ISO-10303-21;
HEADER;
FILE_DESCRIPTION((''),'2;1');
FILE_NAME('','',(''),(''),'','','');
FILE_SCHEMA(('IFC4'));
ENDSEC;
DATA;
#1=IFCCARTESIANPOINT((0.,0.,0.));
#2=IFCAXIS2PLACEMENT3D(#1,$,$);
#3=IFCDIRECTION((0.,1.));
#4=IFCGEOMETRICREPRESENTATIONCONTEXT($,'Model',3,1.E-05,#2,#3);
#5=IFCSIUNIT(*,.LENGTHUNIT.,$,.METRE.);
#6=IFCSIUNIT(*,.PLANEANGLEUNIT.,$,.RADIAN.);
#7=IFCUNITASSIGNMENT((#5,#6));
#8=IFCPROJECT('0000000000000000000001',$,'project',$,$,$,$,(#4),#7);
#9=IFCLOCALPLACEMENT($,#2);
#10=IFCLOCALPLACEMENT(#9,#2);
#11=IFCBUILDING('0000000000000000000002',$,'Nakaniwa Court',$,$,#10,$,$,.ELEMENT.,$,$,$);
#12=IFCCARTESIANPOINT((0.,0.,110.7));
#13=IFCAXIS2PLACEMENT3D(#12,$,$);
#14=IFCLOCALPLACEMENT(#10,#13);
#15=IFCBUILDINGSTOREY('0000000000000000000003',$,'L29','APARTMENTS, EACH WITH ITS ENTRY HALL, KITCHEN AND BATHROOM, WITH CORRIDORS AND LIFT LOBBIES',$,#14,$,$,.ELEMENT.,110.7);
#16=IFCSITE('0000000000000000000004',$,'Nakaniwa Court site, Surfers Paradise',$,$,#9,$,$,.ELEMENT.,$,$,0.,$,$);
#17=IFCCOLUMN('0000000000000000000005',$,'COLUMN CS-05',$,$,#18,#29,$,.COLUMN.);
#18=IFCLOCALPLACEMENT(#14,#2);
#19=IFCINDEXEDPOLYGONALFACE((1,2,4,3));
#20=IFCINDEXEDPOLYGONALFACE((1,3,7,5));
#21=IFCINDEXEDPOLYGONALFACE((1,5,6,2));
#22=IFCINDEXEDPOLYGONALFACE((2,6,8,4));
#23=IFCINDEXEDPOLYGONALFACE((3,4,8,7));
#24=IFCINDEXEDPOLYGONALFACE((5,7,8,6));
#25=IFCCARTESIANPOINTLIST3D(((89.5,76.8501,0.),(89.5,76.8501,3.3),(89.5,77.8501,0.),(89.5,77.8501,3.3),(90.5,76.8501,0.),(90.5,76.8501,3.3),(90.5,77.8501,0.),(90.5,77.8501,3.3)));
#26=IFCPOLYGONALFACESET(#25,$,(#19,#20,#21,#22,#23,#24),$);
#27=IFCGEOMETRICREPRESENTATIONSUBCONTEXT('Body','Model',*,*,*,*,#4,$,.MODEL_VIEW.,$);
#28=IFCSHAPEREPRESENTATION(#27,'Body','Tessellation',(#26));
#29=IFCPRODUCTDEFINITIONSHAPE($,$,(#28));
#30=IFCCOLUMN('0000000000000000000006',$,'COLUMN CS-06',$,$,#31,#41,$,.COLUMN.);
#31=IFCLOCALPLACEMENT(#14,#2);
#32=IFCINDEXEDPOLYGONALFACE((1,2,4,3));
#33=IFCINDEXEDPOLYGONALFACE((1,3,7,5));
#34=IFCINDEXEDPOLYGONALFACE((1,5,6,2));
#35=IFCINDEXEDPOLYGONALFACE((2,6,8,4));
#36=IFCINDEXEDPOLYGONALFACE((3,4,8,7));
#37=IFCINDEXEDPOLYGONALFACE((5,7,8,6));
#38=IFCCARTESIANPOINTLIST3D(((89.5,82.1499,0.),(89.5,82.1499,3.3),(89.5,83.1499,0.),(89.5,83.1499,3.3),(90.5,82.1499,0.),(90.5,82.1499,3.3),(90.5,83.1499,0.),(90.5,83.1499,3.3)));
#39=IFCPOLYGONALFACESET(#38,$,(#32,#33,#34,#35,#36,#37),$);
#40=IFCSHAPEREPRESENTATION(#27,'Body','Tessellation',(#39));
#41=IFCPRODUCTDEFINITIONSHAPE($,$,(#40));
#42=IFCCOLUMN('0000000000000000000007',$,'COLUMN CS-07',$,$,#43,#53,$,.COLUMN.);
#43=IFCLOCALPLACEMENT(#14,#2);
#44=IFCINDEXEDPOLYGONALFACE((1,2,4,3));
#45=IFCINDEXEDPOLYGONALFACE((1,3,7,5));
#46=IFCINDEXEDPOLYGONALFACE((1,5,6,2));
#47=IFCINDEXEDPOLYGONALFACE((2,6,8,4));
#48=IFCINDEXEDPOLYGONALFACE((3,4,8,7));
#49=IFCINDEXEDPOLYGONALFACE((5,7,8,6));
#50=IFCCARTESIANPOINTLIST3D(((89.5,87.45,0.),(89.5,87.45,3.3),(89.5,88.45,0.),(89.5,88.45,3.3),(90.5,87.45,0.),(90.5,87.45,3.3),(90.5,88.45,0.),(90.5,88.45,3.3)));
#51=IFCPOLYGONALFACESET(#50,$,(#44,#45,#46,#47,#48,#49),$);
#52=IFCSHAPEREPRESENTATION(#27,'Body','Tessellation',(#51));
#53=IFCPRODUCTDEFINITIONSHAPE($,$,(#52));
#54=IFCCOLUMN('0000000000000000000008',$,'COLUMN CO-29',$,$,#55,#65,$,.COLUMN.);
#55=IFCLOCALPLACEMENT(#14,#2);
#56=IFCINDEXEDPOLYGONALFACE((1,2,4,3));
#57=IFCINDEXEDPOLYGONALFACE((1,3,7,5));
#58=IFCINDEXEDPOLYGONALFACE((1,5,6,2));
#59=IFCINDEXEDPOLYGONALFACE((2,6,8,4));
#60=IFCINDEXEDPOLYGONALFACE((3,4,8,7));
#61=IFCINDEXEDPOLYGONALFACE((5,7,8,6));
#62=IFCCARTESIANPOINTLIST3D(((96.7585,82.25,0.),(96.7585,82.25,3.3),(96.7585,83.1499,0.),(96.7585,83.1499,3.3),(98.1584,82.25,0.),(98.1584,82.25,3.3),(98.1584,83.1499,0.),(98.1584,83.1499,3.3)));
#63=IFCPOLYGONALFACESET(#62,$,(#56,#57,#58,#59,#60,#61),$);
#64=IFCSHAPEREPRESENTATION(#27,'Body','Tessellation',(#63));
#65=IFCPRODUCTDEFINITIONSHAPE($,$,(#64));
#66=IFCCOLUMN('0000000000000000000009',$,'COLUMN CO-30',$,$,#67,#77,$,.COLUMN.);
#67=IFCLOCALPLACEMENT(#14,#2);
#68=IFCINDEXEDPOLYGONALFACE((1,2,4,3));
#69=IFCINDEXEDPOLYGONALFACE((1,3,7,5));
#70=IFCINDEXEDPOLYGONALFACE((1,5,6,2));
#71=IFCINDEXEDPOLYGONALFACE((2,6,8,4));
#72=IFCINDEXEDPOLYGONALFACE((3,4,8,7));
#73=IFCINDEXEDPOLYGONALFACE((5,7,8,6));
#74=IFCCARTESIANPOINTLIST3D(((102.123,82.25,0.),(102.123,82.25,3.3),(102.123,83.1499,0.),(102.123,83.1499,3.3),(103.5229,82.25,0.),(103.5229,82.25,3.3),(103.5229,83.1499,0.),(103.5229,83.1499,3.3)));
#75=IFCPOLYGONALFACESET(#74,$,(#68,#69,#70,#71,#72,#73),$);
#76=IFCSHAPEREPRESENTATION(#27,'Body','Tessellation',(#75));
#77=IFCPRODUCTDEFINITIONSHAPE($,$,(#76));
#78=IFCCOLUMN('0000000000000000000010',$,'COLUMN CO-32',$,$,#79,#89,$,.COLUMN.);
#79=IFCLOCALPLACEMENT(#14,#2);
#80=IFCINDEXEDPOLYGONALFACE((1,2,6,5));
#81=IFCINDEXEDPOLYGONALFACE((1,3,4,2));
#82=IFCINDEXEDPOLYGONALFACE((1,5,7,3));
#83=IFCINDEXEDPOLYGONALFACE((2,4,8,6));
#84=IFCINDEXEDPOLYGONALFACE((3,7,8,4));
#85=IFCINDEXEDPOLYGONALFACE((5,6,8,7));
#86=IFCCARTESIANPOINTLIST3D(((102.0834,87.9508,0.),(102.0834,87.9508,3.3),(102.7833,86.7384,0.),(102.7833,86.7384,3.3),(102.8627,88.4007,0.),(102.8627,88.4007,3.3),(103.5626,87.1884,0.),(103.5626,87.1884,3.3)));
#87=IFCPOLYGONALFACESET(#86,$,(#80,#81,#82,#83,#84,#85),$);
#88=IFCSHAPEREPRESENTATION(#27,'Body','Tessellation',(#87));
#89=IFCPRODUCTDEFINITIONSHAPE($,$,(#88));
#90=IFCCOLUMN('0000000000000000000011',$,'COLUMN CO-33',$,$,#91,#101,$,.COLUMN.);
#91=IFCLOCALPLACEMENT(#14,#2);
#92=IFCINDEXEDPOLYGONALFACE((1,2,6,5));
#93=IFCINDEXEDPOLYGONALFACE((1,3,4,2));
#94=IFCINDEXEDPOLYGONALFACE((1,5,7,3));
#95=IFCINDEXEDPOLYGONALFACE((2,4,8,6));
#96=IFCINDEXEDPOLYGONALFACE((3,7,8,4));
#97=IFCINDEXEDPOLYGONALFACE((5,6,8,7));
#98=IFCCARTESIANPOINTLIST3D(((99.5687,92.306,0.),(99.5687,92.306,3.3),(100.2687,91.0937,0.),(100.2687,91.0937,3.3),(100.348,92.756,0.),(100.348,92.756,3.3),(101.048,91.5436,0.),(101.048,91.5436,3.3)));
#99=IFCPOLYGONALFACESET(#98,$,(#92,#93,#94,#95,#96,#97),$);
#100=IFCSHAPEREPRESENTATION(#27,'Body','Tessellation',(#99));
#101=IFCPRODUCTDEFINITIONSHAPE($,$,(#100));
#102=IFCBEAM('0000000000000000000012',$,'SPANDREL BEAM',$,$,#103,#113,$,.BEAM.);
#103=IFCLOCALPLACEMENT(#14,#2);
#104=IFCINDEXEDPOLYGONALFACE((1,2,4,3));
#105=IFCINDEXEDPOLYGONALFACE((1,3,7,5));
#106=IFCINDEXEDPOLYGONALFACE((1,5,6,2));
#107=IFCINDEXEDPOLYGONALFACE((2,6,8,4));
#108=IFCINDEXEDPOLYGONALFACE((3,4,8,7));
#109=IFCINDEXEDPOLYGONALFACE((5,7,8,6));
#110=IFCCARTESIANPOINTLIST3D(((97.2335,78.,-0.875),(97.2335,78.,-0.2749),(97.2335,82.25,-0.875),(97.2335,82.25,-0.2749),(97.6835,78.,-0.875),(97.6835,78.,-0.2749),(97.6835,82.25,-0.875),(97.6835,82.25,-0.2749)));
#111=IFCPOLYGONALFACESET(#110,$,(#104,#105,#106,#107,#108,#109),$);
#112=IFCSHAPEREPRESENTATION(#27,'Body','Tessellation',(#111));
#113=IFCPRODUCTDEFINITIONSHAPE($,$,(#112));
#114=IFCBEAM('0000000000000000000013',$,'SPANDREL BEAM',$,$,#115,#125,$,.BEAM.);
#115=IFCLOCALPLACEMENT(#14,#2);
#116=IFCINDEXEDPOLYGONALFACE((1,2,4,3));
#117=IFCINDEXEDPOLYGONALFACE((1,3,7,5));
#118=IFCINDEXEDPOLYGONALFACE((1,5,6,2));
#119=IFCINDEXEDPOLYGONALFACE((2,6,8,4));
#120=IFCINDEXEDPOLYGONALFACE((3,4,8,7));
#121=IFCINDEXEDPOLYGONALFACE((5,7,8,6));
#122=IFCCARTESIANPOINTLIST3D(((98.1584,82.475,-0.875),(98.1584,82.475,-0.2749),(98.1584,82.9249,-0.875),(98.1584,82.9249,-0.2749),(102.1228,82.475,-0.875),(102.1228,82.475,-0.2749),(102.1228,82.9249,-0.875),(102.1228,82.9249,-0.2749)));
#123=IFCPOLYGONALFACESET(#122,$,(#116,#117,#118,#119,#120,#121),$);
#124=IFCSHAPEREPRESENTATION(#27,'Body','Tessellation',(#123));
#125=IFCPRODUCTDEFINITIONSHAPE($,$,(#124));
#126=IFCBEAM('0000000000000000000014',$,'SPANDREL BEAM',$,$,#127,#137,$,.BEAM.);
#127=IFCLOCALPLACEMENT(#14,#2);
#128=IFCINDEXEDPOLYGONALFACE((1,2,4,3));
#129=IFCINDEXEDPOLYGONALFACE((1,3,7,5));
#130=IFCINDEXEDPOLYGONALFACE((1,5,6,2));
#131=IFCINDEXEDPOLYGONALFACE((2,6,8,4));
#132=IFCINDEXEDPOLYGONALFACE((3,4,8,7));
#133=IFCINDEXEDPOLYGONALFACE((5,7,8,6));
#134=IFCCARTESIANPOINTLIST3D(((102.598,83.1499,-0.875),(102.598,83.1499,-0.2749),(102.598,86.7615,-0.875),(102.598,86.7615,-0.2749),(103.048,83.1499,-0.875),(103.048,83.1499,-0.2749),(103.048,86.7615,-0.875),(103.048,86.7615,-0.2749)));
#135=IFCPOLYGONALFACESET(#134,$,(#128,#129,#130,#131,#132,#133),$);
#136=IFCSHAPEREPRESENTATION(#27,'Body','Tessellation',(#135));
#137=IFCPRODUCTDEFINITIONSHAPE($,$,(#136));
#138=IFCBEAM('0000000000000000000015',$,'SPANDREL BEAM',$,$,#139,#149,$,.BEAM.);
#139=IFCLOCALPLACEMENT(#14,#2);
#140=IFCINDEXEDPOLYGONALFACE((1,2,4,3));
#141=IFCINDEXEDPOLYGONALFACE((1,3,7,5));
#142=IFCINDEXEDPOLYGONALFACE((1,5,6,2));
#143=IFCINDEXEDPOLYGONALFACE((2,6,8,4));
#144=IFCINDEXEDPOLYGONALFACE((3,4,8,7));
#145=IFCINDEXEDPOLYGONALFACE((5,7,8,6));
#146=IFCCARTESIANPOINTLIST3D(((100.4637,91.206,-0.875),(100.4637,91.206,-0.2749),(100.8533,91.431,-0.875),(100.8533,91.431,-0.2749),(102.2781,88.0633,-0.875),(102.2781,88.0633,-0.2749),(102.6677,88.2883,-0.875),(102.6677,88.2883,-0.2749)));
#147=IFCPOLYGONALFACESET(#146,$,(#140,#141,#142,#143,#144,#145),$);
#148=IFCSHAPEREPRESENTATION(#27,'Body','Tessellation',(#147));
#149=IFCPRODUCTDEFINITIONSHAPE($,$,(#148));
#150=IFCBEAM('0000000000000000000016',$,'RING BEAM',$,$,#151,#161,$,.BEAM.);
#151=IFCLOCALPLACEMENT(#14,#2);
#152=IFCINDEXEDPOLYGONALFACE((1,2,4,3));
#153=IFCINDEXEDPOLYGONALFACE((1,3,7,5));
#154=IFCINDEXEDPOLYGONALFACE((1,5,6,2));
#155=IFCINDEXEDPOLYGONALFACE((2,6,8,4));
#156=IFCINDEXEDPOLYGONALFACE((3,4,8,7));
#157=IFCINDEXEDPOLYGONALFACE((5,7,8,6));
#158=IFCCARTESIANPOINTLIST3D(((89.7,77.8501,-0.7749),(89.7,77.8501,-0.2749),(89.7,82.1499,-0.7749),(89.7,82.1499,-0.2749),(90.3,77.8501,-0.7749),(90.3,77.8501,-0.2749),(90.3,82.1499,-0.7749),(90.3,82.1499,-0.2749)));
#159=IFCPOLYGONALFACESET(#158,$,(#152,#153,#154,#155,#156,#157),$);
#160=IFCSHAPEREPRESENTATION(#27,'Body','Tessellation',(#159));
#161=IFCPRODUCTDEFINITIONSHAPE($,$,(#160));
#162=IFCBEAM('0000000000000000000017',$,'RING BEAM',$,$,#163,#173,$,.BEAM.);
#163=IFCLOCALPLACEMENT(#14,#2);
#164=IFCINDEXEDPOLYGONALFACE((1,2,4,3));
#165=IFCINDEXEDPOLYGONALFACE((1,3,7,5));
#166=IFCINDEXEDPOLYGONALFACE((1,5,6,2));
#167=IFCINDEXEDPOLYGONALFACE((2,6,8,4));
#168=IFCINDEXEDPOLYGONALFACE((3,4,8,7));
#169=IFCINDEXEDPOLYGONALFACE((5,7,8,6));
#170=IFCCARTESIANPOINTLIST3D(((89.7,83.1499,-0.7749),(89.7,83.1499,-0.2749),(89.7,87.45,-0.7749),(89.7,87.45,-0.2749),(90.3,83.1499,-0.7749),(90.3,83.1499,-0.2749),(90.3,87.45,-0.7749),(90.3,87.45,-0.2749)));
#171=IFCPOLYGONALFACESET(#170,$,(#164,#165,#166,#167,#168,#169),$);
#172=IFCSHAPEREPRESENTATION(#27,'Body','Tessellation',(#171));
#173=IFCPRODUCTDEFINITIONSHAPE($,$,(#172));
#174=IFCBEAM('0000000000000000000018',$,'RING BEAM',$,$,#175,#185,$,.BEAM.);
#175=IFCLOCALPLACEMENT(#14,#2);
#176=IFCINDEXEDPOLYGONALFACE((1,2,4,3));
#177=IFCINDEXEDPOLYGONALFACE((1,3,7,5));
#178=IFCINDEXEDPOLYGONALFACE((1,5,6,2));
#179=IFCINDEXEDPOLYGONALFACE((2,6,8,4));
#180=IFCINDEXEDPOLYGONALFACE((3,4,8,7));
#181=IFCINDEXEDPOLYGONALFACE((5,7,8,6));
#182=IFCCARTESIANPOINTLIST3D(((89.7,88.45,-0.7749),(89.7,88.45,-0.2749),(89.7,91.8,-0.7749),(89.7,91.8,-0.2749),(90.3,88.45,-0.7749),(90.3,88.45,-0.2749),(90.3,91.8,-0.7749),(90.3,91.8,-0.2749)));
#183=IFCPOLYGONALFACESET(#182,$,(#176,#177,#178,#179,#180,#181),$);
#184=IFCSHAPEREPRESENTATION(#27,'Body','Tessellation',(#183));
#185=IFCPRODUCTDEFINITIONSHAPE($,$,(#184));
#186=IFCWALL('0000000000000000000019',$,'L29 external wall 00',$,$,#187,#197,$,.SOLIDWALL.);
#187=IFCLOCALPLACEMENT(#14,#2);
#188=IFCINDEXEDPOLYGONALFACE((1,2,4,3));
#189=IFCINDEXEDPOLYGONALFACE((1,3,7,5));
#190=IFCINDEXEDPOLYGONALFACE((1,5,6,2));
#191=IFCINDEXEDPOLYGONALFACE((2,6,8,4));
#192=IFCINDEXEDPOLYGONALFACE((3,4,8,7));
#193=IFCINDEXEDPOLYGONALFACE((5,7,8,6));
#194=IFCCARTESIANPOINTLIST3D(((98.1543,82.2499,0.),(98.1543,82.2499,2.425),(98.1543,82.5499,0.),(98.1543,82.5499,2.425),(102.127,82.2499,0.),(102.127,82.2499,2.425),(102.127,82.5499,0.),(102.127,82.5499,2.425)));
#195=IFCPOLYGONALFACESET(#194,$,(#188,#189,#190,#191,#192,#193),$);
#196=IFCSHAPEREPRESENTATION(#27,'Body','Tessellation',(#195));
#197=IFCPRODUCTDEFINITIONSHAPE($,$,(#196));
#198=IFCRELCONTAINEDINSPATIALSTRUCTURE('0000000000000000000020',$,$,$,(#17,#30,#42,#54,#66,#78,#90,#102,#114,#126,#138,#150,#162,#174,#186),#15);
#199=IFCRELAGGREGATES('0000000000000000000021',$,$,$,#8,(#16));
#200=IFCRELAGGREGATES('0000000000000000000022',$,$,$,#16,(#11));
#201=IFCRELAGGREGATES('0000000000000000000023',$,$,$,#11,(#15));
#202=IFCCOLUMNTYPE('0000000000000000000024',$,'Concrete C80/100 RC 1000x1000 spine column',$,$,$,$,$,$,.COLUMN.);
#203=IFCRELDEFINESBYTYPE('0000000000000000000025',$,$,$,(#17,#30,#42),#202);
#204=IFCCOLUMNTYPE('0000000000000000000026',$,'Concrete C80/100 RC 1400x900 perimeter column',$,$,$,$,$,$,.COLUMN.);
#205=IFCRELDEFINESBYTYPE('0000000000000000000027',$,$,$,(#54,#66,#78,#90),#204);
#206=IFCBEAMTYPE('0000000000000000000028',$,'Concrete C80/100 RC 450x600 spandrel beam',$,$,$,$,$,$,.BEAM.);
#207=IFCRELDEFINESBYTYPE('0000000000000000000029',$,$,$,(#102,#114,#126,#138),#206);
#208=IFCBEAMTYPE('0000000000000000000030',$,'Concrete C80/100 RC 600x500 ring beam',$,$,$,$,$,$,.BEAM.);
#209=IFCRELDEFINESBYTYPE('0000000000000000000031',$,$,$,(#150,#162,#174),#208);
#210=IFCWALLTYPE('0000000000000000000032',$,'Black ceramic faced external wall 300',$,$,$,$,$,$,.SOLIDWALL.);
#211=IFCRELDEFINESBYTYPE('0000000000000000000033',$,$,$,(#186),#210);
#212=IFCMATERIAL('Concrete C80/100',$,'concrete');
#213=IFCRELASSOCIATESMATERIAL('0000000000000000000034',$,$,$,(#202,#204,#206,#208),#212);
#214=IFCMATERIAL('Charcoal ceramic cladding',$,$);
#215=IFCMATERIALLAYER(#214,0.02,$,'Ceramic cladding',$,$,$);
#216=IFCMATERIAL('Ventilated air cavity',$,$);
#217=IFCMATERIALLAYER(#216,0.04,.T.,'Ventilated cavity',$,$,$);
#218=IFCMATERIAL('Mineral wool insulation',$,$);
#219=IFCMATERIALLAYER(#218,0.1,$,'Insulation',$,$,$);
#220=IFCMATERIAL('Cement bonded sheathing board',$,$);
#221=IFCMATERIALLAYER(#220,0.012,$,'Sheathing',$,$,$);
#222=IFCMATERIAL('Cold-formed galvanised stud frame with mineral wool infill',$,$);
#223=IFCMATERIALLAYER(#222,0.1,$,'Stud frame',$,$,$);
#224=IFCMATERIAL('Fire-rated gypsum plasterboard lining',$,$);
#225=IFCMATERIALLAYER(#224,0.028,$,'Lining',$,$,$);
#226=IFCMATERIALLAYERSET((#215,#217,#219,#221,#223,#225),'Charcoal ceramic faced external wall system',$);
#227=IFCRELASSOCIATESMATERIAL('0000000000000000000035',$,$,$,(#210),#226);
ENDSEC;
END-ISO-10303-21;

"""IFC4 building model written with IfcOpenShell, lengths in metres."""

from ifc_helpers import new_model, si_unit, direction, frame, frame_2d, origin, origin_2d, place, context, subcontext, project, spatial, rectangle, extrude, material, layer, layer_set, material_profile, profile_set, type_object, element, save


model = new_model("IFC4")

# Units and contexts
model_context = context("Model", 3, precision=1e-05, world=origin(), true_north=direction((0.0, 1.0)))
body_context = subcontext(model_context, "Body", "Model", "MODEL_VIEW")
ifc_project = project(units=[si_unit("LENGTHUNIT", "METRE"), si_unit("PLANEANGLEUNIT", "RADIAN")], contexts=[model_context])

# Site, building, storey
site_placement = place(None, origin())
site = spatial("IfcSite", under=ifc_project, at=site_placement, Name="Nakaniwa Court site, Surfers Paradise", CompositionType="ELEMENT", RefElevation=0.0)
building_placement = place(site_placement, origin())
building = spatial("IfcBuilding", under=site, at=building_placement, Name="Nakaniwa Court", CompositionType="ELEMENT")
storey_placement = place(building_placement, frame((0.0, 0.0, 110.7)))
storey = spatial("IfcBuildingStorey", under=building, at=storey_placement, Name="L29", Description="APARTMENTS, EACH WITH ITS ENTRY HALL, KITCHEN AND BATHROOM, WITH CORRIDORS AND LIFT LOBBIES", CompositionType="ELEMENT", Elevation=110.7)

# Columns
ifc_material_1 = material(Name="Concrete C80/100", Category="concrete")
ifc_material_profile_1 = material_profile(ifc_material_1, rectangle(XDim=1.0, YDim=1.0, at=origin_2d()), Name="Concrete C80/100 RC 1000x1000 spine column")
ifc_profile_set_1 = profile_set([ifc_material_profile_1], Name="Concrete C80/100")
column_type_1 = type_object("IfcColumnType", Name="Concrete C80/100 RC 1000x1000 spine column", PredefinedType="COLUMN", material=ifc_profile_set_1)
for number, where, z_axis, x_axis, name in (
    (1, (90.0, 77.3501, 0.0), (0.0, 0.0, 1.0), (0.0, 1.0, 0.0), "COLUMN CS-05"),
    (2, (90.0, 82.6499, 0.0), (0.0, 0.0, 1.0), (0.0, 1.0, 0.0), "COLUMN CS-06"),
    (3, (90.0, 87.95, 0.0), (0.0, 0.0, 1.0), (0.0, 1.0, 0.0), "COLUMN CS-07"),
):
    element("IfcColumn", number, at=place(storey_placement, frame(where, z_axis=z_axis, x_axis=x_axis)), inside=storey, type_object=column_type_1, Name=name, PredefinedType="COLUMN", context=body_context, shape_type="SweptSolid", body=[
        extrude(rectangle(XDim=1.0, YDim=1.0, at=origin_2d()), origin(), (0.0, 0.0, 1.0), 3.3),
    ])
ifc_material_profile_2 = material_profile(ifc_material_1, rectangle(XDim=1.3999, YDim=0.8999, at=origin_2d()), Name="Concrete C80/100 RC 1400x900 perimeter column")
ifc_profile_set_2 = profile_set([ifc_material_profile_2], Name="Concrete C80/100")
column_type_2 = type_object("IfcColumnType", Name="Concrete C80/100 RC 1400x900 perimeter column", PredefinedType="COLUMN", material=ifc_profile_set_2)
for number, where, z_axis, x_axis, name in (
    (4, (97.4585, 82.7, 0.0), (0.0, 0.0, 1.0), (1.0, 0.0, 0.0), "COLUMN CO-29"),
    (5, (102.823, 82.7, 0.0), (0.0, 0.0, 1.0), (1.0, 0.0, 0.0), "COLUMN CO-30"),
    (6, (102.823, 87.5696, 0.0), (0.0, 0.0, 1.0), (-0.5, 0.866025, 0.0), "COLUMN CO-32"),
    (7, (100.3083, 91.9248, 0.0), (0.0, 0.0, 1.0), (-0.5, 0.866025, 0.0), "COLUMN CO-33"),
):
    element("IfcColumn", number, at=place(storey_placement, frame(where, z_axis=z_axis, x_axis=x_axis)), inside=storey, type_object=column_type_2, Name=name, PredefinedType="COLUMN", context=body_context, shape_type="SweptSolid", body=[
        extrude(rectangle(XDim=1.3999, YDim=0.8999, at=origin_2d()), origin(), (0.0, 0.0, 1.0), 3.3),
    ])

# Beams
ifc_material_profile_3 = material_profile(ifc_material_1, rectangle(XDim=0.45, YDim=0.6001, at=origin_2d()), Name="Concrete C80/100 RC 450x600 spandrel beam")
ifc_profile_set_3 = profile_set([ifc_material_profile_3], Name="Concrete C80/100")
beam_type_1 = type_object("IfcBeamType", Name="Concrete C80/100 RC 450x600 spandrel beam", PredefinedType="BEAM", material=ifc_profile_set_3)
beam_1_placement = place(storey_placement, frame((97.4585, 78.0, -0.575), z_axis=(0.0, 1.0, 0.0), x_axis=(-1.0, 0.0, 0.0)))
element("IfcBeam", 8, at=beam_1_placement, inside=storey, type_object=beam_type_1, Name="SPANDREL BEAM", PredefinedType="BEAM", context=body_context, shape_type="SweptSolid", body=[
    extrude(rectangle(XDim=0.45, YDim=0.6001, at=origin_2d()), origin(), (0.0, 0.0, 1.0), 4.25),
])
beam_2_placement = place(storey_placement, frame((98.1584, 82.7, -0.575), z_axis=(1.0, 0.0, 0.0), x_axis=(0.0, 1.0, 0.0)))
element("IfcBeam", 9, at=beam_2_placement, inside=storey, type_object=beam_type_1, Name="SPANDREL BEAM", PredefinedType="BEAM", context=body_context, shape_type="SweptSolid", body=[
    extrude(rectangle(XDim=0.45, YDim=0.6001, at=origin_2d()), origin(), (0.0, 0.0, 1.0), 3.9644),
])
beam_3_placement = place(storey_placement, frame((102.823, 83.1499, -0.575), z_axis=(0.0, 1.0, 0.0), x_axis=(-1.0, 0.0, 0.0)))
element("IfcBeam", 10, at=beam_3_placement, inside=storey, type_object=beam_type_1, Name="SPANDREL BEAM", PredefinedType="BEAM", context=body_context, shape_type="SweptSolid", body=[
    extrude(rectangle(XDim=0.45, YDim=0.6001, at=origin_2d()), origin(), (0.0, 0.0, 1.0), 3.6116),
])
beam_4_placement = place(storey_placement, frame((102.4729, 88.1758, -0.575), z_axis=(-0.499988, 0.866032, 0.0), x_axis=(-0.866032, -0.499988, 0.0)))
element("IfcBeam", 11, at=beam_4_placement, inside=storey, type_object=beam_type_1, Name="SPANDREL BEAM", PredefinedType="BEAM", context=body_context, shape_type="SweptSolid", body=[
    extrude(rectangle(XDim=0.45, YDim=0.6001, at=origin_2d()), origin(), (0.0, 0.0, 1.0), 3.6289),
])
ifc_material_profile_4 = material_profile(ifc_material_1, rectangle(XDim=0.6001, YDim=0.5, at=origin_2d()), Name="Concrete C80/100 RC 600x500 ring beam")
ifc_profile_set_4 = profile_set([ifc_material_profile_4], Name="Concrete C80/100")
beam_type_2 = type_object("IfcBeamType", Name="Concrete C80/100 RC 600x500 ring beam", PredefinedType="BEAM", material=ifc_profile_set_4)
beam_5_placement = place(storey_placement, frame((90.0, 77.8501, -0.5249), z_axis=(0.0, 1.0, 0.0), x_axis=(-1.0, 0.0, 0.0)))
element("IfcBeam", 12, at=beam_5_placement, inside=storey, type_object=beam_type_2, Name="RING BEAM", PredefinedType="BEAM", context=body_context, shape_type="SweptSolid", body=[
    extrude(rectangle(XDim=0.6001, YDim=0.5, at=origin_2d()), origin(), (0.0, 0.0, 1.0), 4.2998),
])
beam_6_placement = place(storey_placement, frame((90.0, 83.1499, -0.5249), z_axis=(0.0, 1.0, 0.0), x_axis=(-1.0, 0.0, 0.0)))
element("IfcBeam", 13, at=beam_6_placement, inside=storey, type_object=beam_type_2, Name="RING BEAM", PredefinedType="BEAM", context=body_context, shape_type="SweptSolid", body=[
    extrude(rectangle(XDim=0.6001, YDim=0.5, at=origin_2d()), origin(), (0.0, 0.0, 1.0), 4.3),
])
beam_7_placement = place(storey_placement, frame((90.0, 88.45, -0.5249), z_axis=(0.0, 1.0, 0.0), x_axis=(-1.0, 0.0, 0.0)))
element("IfcBeam", 14, at=beam_7_placement, inside=storey, type_object=beam_type_2, Name="RING BEAM", PredefinedType="BEAM", context=body_context, shape_type="SweptSolid", body=[
    extrude(rectangle(XDim=0.6001, YDim=0.5, at=origin_2d()), origin(), (0.0, 0.0, 1.0), 3.3501),
])

# Wall
ifc_material_2 = material(Name="Charcoal ceramic cladding")
ifc_layer_1 = layer(ifc_material_2, 0.02, Name="Ceramic cladding")
ifc_material_3 = material(Name="Ventilated air cavity")
ifc_layer_2 = layer(ifc_material_3, 0.04, ventilated=True, Name="Ventilated cavity")
ifc_material_4 = material(Name="Mineral wool insulation")
ifc_layer_3 = layer(ifc_material_4, 0.1, Name="Insulation")
ifc_material_5 = material(Name="Cement bonded sheathing board")
ifc_layer_4 = layer(ifc_material_5, 0.012, Name="Sheathing")
ifc_material_6 = material(Name="Cold-formed galvanised stud frame with mineral wool infill")
ifc_layer_5 = layer(ifc_material_6, 0.1, Name="Stud frame")
ifc_material_7 = material(Name="Fire-rated gypsum plasterboard lining")
ifc_layer_6 = layer(ifc_material_7, 0.028, Name="Lining")
ifc_layer_set_1 = layer_set([ifc_layer_1, ifc_layer_2, ifc_layer_3, ifc_layer_4, ifc_layer_5, ifc_layer_6], Name="Charcoal ceramic faced external wall system")
wall_type_1 = type_object("IfcWallType", Name="Black ceramic faced external wall 300", PredefinedType="SOLIDWALL", material=ifc_layer_set_1)
wall_1_placement = place(storey_placement, frame((98.1543, 82.3999, 0.0), z_axis=(0.0, 0.0, 1.0), x_axis=(1.0, 0.0, 0.0)))
element("IfcWall", 15, at=wall_1_placement, inside=storey, type_object=wall_type_1, Name="L29 external wall 00", PredefinedType="SOLIDWALL", context=body_context, shape_type="SweptSolid", body=[
    extrude(rectangle(XDim=3.9727, YDim=0.3, at=frame_2d((1.9863, 0.0))), origin(), (0.0, 0.0, 1.0), 2.425),
])

save(model, "model.ifc")
